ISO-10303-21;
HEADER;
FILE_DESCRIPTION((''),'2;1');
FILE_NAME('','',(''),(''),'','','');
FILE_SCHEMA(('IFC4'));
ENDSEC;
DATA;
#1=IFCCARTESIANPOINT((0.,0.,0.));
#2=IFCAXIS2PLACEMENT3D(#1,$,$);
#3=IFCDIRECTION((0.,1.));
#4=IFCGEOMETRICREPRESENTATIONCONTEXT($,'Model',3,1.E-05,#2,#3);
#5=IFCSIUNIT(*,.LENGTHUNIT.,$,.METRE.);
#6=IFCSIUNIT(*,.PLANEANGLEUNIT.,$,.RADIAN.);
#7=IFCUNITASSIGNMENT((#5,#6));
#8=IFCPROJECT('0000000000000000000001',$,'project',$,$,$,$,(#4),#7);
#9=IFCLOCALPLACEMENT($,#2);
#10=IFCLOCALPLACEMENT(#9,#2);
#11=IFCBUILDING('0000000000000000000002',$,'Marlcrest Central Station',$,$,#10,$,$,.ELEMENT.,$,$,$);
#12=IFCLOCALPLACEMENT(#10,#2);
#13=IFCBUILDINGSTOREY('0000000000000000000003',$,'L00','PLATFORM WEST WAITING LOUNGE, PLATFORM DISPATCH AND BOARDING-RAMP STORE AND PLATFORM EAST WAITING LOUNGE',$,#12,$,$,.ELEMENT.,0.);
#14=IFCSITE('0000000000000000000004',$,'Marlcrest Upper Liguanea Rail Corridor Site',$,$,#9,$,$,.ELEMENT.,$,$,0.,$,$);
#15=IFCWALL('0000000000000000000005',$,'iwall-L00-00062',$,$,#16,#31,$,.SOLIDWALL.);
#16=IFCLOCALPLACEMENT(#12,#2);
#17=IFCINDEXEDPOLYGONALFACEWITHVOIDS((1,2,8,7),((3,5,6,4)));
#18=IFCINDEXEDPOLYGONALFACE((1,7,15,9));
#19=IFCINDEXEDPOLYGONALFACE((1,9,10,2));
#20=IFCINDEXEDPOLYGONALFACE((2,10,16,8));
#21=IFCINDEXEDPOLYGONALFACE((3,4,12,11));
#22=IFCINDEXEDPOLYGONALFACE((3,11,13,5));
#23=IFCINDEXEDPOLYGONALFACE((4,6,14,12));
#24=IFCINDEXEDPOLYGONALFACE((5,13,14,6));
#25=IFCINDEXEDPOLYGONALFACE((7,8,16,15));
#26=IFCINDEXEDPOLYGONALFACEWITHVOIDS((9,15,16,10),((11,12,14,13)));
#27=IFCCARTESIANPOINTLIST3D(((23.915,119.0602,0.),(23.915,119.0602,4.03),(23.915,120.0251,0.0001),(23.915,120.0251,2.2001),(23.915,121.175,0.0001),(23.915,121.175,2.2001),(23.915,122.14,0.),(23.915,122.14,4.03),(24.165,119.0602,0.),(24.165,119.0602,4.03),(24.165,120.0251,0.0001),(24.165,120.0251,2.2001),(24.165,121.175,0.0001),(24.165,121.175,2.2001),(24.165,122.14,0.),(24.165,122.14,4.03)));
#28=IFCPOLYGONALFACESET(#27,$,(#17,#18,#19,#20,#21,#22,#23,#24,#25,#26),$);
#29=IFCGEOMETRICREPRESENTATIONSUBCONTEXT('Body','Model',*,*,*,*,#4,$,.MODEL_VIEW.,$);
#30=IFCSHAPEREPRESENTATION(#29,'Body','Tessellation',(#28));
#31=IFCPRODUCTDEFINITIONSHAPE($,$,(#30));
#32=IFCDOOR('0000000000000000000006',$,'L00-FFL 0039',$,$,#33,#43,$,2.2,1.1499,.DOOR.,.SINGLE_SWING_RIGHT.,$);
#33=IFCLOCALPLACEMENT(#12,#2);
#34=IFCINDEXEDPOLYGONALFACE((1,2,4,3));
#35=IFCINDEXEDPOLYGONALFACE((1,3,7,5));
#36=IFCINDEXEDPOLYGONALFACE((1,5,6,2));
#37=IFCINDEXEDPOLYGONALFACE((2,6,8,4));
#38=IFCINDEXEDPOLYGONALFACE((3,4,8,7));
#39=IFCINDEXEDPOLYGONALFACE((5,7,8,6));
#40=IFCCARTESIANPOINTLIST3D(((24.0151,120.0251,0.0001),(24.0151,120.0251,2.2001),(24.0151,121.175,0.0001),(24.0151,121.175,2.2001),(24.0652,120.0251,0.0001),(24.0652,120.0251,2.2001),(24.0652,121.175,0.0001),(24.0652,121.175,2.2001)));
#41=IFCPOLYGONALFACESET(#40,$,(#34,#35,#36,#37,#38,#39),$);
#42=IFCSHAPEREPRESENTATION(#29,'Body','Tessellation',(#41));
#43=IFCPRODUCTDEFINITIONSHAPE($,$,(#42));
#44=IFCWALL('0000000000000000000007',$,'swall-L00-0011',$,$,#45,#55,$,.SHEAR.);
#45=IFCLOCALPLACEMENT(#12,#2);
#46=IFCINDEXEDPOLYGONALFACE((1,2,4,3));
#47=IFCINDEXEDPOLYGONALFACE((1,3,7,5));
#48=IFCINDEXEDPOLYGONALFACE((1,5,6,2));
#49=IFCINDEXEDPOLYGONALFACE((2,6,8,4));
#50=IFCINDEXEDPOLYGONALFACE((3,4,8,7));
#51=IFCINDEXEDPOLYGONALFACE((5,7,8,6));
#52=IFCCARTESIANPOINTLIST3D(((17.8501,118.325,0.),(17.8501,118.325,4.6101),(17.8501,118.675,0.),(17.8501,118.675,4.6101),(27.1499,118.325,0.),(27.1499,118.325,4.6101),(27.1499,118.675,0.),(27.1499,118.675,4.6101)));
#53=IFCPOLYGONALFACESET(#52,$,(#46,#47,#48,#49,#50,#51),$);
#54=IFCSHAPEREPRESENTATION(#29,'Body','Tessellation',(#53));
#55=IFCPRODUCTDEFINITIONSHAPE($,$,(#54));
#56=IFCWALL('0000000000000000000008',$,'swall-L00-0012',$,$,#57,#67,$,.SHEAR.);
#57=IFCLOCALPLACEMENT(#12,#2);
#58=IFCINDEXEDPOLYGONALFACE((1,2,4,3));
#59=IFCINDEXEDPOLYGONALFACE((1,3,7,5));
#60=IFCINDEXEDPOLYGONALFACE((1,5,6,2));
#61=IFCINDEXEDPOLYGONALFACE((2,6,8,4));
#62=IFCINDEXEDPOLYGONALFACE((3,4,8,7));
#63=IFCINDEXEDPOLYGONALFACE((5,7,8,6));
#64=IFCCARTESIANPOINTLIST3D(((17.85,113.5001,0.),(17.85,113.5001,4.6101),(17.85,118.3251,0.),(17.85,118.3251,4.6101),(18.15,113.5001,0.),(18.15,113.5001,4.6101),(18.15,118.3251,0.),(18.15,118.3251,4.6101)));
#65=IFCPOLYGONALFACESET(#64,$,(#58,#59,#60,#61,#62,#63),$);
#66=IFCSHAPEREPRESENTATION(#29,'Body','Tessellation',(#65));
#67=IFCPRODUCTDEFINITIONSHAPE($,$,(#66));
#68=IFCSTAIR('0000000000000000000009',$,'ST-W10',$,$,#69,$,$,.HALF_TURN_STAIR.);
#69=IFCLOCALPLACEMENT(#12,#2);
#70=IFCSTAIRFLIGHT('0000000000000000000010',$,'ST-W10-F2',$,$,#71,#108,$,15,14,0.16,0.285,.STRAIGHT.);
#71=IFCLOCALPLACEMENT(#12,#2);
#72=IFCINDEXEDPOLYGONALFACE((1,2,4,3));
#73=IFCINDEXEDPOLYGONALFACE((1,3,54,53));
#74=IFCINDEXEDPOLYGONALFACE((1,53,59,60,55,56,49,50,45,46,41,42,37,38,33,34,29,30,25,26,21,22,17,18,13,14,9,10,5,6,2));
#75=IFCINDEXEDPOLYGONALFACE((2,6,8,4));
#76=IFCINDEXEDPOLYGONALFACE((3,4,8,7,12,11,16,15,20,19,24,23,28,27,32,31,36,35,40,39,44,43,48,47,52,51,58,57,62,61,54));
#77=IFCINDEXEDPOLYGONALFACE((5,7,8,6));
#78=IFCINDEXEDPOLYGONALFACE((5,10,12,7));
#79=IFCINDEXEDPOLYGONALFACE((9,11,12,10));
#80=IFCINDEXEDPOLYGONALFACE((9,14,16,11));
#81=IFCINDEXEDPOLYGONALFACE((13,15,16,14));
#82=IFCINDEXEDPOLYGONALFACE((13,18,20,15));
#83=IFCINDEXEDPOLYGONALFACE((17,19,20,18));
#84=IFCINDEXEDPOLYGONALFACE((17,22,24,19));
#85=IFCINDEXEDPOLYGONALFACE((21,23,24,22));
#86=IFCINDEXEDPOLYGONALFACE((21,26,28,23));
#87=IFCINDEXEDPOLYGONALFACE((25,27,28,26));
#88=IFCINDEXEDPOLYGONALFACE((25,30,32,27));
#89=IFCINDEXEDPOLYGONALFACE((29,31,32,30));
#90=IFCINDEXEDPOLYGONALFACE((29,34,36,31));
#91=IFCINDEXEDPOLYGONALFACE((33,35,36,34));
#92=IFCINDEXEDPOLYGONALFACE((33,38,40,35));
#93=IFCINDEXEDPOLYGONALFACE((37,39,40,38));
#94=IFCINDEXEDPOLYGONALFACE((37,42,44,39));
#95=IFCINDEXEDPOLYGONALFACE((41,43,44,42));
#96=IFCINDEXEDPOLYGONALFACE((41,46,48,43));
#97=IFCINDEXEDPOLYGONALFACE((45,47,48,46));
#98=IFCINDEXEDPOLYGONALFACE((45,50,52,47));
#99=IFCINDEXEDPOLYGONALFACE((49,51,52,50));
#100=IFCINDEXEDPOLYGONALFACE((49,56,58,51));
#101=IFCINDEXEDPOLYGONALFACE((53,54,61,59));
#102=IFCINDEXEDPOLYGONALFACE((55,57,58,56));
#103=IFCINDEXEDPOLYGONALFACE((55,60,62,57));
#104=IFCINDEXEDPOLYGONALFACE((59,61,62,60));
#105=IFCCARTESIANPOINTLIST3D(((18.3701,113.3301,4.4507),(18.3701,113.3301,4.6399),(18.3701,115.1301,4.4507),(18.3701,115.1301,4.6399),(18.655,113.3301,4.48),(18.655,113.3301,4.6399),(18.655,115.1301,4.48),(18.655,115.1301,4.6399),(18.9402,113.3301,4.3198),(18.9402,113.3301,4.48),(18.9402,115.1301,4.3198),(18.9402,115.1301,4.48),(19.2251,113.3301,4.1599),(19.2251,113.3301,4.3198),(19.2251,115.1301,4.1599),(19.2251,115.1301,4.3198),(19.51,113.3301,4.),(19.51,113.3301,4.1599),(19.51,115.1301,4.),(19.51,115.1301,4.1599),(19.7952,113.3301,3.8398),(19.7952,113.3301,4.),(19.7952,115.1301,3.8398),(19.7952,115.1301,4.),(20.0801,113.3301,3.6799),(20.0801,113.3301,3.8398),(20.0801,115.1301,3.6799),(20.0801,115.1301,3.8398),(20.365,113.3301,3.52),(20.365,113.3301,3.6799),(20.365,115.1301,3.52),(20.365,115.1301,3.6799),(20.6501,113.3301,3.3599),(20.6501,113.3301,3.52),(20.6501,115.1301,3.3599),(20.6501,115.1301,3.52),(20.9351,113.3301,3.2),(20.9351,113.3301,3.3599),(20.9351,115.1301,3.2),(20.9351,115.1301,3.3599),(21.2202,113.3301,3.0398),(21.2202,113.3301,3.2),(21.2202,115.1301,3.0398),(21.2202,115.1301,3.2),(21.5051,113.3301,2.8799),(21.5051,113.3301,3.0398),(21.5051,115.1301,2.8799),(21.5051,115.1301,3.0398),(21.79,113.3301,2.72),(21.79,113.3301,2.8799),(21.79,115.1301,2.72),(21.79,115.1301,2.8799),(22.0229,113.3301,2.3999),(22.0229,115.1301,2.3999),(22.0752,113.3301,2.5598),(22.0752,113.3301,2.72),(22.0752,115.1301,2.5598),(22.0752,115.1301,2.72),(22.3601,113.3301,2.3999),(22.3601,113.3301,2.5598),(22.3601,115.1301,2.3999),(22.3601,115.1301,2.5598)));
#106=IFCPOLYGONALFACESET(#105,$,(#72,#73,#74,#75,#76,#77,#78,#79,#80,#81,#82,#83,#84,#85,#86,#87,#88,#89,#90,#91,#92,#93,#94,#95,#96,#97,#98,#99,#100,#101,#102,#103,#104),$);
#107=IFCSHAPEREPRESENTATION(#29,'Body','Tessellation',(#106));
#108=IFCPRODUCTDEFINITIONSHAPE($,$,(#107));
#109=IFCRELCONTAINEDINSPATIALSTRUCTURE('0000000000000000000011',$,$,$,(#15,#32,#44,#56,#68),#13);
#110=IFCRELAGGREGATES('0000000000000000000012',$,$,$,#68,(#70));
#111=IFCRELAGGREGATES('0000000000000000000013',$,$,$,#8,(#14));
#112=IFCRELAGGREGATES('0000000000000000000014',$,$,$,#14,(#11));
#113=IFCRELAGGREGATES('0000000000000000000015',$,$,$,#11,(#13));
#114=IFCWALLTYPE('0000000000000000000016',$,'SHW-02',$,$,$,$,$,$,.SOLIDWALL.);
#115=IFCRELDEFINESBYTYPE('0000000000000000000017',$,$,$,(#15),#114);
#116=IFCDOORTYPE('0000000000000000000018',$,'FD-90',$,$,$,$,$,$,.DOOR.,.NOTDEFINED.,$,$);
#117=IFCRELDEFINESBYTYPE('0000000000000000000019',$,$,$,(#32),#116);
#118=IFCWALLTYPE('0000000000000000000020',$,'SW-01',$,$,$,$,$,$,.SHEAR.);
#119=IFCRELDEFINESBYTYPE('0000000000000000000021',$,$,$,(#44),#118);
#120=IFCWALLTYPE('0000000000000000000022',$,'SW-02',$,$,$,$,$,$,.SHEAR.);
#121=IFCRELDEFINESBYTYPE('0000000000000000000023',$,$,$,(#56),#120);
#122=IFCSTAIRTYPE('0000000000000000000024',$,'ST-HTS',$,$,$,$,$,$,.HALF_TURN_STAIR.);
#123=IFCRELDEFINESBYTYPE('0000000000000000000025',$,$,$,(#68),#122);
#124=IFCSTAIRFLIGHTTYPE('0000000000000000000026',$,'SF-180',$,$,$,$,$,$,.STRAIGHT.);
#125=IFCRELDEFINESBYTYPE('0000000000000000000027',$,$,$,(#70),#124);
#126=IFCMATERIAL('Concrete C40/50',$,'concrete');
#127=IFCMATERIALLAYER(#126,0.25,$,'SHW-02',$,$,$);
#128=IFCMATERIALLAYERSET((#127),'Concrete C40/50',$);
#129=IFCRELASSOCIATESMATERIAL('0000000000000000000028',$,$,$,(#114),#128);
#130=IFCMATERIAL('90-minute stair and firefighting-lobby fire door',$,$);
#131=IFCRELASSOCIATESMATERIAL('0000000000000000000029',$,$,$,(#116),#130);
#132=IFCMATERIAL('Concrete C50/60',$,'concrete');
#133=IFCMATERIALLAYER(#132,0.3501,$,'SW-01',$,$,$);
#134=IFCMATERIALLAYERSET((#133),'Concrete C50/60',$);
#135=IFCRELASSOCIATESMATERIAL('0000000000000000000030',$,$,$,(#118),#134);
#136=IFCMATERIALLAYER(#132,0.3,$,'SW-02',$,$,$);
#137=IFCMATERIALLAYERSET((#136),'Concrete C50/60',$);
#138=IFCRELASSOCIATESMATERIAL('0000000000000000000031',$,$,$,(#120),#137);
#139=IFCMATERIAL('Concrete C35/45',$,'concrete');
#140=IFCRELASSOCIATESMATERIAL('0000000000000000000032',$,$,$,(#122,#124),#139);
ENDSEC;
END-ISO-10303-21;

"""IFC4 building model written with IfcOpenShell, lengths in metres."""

from ifc_helpers import new_model, si_unit, direction, frame, frame_2d, origin, place, context, subcontext, project, spatial, polyline, rectangle, outline, extrude, material, layer, layer_set, type_object, element, fill, aggregate, save


model = new_model("IFC4")

# Units and contexts
model_context = context("Model", 3, precision=1e-05, world=origin(), true_north=direction((0.0, 1.0)))
body_context = subcontext(model_context, "Body", "Model", "MODEL_VIEW")
ifc_project = project(units=[si_unit("LENGTHUNIT", "METRE"), si_unit("PLANEANGLEUNIT", "RADIAN")], contexts=[model_context])

# Site, building, storey
site_placement = place(None, origin())
site = spatial("IfcSite", under=ifc_project, at=site_placement, Name="Marlcrest Upper Liguanea Rail Corridor Site", CompositionType="ELEMENT", RefElevation=0.0)
building_placement = place(site_placement, origin())
building = spatial("IfcBuilding", under=site, at=building_placement, Name="Marlcrest Central Station", CompositionType="ELEMENT")
storey_placement = place(building_placement, origin())
storey = spatial("IfcBuildingStorey", under=building, at=storey_placement, Name="L00", Description="PLATFORM WEST WAITING LOUNGE, PLATFORM DISPATCH AND BOARDING-RAMP STORE AND PLATFORM EAST WAITING LOUNGE", CompositionType="ELEMENT", Elevation=0.0)

# Shared definitions
ifc_material_1 = material(Name="Concrete C40/50", Category="concrete")

# Wall, opening, door
ifc_layer_1 = layer(ifc_material_1, 0.25, Name="SHW-02")
ifc_layer_set_1 = layer_set([ifc_layer_1], Name="Concrete C40/50")
wall_type_1 = type_object("IfcWallType", Name="SHW-02", PredefinedType="SOLIDWALL", material=ifc_layer_set_1)
wall_1_placement = place(storey_placement, frame((24.04, 119.0601, 0.0), z_axis=(0.0, 0.0, 1.0), x_axis=(0.0, 1.0, 0.0)))
wall_1 = element("IfcWall", 1, at=wall_1_placement, inside=storey, type_object=wall_type_1, Name="iwall-L00-00062", PredefinedType="SOLIDWALL", context=body_context, shape_type="SweptSolid", body=[
    extrude(rectangle(XDim=3.0798, YDim=0.25, at=frame_2d((1.54, 0.0))), origin(), (0.0, 0.0, 1.0), 4.03),
])
opening_1_placement = place(wall_1_placement, frame((0.9651, 0.0, 0.0)))
opening_1 = element("IfcOpeningElement", 2, at=opening_1_placement, cuts=wall_1, PredefinedType="OPENING", context=body_context, shape_type="SweptSolid", body=[
    extrude(rectangle(XDim=1.1499, YDim=2.2, at=frame_2d((0.575, 1.1001))), frame((0.0, 0.135, 0.0), z_axis=(0.0, -1.0, 0.0), x_axis=(1.0, 0.0, 0.0)), (0.0, 0.0, 1.0), 0.27),
])
ifc_material_2 = material(Name="90-minute stair and firefighting-lobby fire door")
door_type_1 = type_object("IfcDoorType", Name="FD-90", OperationType="NOTDEFINED", PredefinedType="DOOR", material=ifc_material_2)
door_1_placement = place(opening_1_placement, origin())
door_1 = element("IfcDoor", 3, at=door_1_placement, inside=storey, type_object=door_type_1, Name="L00-FFL 0039", OperationType="SINGLE_SWING_RIGHT", OverallHeight=2.2, OverallWidth=1.1499, PredefinedType="DOOR", context=body_context, shape_type="SweptSolid", body=[
    extrude(rectangle(XDim=1.1499, YDim=2.2, at=frame_2d((0.575, 1.1001))), frame((0.0, 0.0249, 0.0), z_axis=(0.0, -1.0, 0.0), x_axis=(1.0, 0.0, 0.0)), (0.0, 0.0, 1.0), 0.05),
])
fill(opening_1, door_1)

# Walls
ifc_material_3 = material(Name="Concrete C50/60", Category="concrete")
ifc_layer_2 = layer(ifc_material_3, 0.3501, Name="SW-01")
ifc_layer_set_2 = layer_set([ifc_layer_2], Name="Concrete C50/60")
wall_type_2 = type_object("IfcWallType", Name="SW-01", PredefinedType="SHEAR", material=ifc_layer_set_2)
wall_2_placement = place(storey_placement, frame((17.8501, 118.5, 0.0), z_axis=(0.0, 0.0, 1.0), x_axis=(1.0, 0.0, 0.0)))
element("IfcWall", 4, at=wall_2_placement, inside=storey, type_object=wall_type_2, Name="swall-L00-0011", PredefinedType="SHEAR", context=body_context, shape_type="SweptSolid", body=[
    extrude(rectangle(XDim=9.2998, YDim=0.3501, at=frame_2d((4.6499, 0.0))), origin(), (0.0, 0.0, 1.0), 4.6101),
])
ifc_layer_3 = layer(ifc_material_3, 0.3, Name="SW-02")
ifc_layer_set_3 = layer_set([ifc_layer_3], Name="Concrete C50/60")
wall_type_3 = type_object("IfcWallType", Name="SW-02", PredefinedType="SHEAR", material=ifc_layer_set_3)
wall_3_placement = place(storey_placement, frame((18.0, 113.5, 0.0), z_axis=(0.0, 0.0, 1.0), x_axis=(0.0, 1.0, 0.0)))
element("IfcWall", 5, at=wall_3_placement, inside=storey, type_object=wall_type_3, Name="swall-L00-0012", PredefinedType="SHEAR", context=body_context, shape_type="SweptSolid", body=[
    extrude(rectangle(XDim=4.825, YDim=0.3, at=frame_2d((2.4126, 0.0))), origin(), (0.0, 0.0, 1.0), 4.6101),
])

# Stair, stair flight
ifc_material_4 = material(Name="Concrete C35/45", Category="concrete")
stair_type = type_object("IfcStairType", Name="ST-HTS", PredefinedType="HALF_TURN_STAIR", material=ifc_material_4)
stair_placement = place(storey_placement, origin())
stair = element("IfcStair", 6, at=stair_placement, inside=storey, type_object=stair_type, Name="ST-W10", PredefinedType="HALF_TURN_STAIR")
stair_flight_type = type_object("IfcStairFlightType", Name="SF-180", PredefinedType="STRAIGHT", material=ifc_material_4)
stair_flight_placement = place(storey_placement, frame((22.3601, 114.23, 2.3999), z_axis=(0.0, 0.0, 1.0), x_axis=(-1.0, 0.0, 0.0)))
stair_flight = element("IfcStairFlight", 7, at=stair_flight_placement, type_object=stair_flight_type, Name="ST-W10-F2", NumberOfRisers=15, NumberOfTreads=14, PredefinedType="STRAIGHT", RiserHeight=0.16, TreadLength=0.285, context=body_context, shape_type="SweptSolid", body=[
    extrude(outline(polyline([(0.0, 0.0), (0.0, 0.1599), (0.2849, 0.1599), (0.2849, 0.3201), (0.5701, 0.3201), (0.5701, 0.48), (0.855, 0.48), (0.855, 0.6399), (1.1399, 0.6399), (1.1399, 0.8), (1.425, 0.8), (1.425, 0.96), (1.71, 0.96), (1.71, 1.1201), (1.9951, 1.1201), (1.9951, 1.28), (2.28, 1.28), (2.28, 1.4399), (2.5649, 1.4399), (2.5649, 1.6001), (2.8501, 1.6001), (2.8501, 1.76), (3.135, 1.76), (3.135, 1.9199), (3.4199, 1.9199), (3.4199, 2.0801), (3.7051, 2.0801), (3.7051, 2.24), (3.99, 2.24), (3.99, 2.3999), (3.99, 2.0508), (0.3372, 0.0), (0.0, 0.0)])), frame((0.0, 0.8999, 0.0), z_axis=(0.0, -1.0, 0.0), x_axis=(1.0, 0.0, 0.0)), (0.0, 0.0, 1.0), 1.8),
])
aggregate(stair, [stair_flight])

save(model, "model.ifc")
